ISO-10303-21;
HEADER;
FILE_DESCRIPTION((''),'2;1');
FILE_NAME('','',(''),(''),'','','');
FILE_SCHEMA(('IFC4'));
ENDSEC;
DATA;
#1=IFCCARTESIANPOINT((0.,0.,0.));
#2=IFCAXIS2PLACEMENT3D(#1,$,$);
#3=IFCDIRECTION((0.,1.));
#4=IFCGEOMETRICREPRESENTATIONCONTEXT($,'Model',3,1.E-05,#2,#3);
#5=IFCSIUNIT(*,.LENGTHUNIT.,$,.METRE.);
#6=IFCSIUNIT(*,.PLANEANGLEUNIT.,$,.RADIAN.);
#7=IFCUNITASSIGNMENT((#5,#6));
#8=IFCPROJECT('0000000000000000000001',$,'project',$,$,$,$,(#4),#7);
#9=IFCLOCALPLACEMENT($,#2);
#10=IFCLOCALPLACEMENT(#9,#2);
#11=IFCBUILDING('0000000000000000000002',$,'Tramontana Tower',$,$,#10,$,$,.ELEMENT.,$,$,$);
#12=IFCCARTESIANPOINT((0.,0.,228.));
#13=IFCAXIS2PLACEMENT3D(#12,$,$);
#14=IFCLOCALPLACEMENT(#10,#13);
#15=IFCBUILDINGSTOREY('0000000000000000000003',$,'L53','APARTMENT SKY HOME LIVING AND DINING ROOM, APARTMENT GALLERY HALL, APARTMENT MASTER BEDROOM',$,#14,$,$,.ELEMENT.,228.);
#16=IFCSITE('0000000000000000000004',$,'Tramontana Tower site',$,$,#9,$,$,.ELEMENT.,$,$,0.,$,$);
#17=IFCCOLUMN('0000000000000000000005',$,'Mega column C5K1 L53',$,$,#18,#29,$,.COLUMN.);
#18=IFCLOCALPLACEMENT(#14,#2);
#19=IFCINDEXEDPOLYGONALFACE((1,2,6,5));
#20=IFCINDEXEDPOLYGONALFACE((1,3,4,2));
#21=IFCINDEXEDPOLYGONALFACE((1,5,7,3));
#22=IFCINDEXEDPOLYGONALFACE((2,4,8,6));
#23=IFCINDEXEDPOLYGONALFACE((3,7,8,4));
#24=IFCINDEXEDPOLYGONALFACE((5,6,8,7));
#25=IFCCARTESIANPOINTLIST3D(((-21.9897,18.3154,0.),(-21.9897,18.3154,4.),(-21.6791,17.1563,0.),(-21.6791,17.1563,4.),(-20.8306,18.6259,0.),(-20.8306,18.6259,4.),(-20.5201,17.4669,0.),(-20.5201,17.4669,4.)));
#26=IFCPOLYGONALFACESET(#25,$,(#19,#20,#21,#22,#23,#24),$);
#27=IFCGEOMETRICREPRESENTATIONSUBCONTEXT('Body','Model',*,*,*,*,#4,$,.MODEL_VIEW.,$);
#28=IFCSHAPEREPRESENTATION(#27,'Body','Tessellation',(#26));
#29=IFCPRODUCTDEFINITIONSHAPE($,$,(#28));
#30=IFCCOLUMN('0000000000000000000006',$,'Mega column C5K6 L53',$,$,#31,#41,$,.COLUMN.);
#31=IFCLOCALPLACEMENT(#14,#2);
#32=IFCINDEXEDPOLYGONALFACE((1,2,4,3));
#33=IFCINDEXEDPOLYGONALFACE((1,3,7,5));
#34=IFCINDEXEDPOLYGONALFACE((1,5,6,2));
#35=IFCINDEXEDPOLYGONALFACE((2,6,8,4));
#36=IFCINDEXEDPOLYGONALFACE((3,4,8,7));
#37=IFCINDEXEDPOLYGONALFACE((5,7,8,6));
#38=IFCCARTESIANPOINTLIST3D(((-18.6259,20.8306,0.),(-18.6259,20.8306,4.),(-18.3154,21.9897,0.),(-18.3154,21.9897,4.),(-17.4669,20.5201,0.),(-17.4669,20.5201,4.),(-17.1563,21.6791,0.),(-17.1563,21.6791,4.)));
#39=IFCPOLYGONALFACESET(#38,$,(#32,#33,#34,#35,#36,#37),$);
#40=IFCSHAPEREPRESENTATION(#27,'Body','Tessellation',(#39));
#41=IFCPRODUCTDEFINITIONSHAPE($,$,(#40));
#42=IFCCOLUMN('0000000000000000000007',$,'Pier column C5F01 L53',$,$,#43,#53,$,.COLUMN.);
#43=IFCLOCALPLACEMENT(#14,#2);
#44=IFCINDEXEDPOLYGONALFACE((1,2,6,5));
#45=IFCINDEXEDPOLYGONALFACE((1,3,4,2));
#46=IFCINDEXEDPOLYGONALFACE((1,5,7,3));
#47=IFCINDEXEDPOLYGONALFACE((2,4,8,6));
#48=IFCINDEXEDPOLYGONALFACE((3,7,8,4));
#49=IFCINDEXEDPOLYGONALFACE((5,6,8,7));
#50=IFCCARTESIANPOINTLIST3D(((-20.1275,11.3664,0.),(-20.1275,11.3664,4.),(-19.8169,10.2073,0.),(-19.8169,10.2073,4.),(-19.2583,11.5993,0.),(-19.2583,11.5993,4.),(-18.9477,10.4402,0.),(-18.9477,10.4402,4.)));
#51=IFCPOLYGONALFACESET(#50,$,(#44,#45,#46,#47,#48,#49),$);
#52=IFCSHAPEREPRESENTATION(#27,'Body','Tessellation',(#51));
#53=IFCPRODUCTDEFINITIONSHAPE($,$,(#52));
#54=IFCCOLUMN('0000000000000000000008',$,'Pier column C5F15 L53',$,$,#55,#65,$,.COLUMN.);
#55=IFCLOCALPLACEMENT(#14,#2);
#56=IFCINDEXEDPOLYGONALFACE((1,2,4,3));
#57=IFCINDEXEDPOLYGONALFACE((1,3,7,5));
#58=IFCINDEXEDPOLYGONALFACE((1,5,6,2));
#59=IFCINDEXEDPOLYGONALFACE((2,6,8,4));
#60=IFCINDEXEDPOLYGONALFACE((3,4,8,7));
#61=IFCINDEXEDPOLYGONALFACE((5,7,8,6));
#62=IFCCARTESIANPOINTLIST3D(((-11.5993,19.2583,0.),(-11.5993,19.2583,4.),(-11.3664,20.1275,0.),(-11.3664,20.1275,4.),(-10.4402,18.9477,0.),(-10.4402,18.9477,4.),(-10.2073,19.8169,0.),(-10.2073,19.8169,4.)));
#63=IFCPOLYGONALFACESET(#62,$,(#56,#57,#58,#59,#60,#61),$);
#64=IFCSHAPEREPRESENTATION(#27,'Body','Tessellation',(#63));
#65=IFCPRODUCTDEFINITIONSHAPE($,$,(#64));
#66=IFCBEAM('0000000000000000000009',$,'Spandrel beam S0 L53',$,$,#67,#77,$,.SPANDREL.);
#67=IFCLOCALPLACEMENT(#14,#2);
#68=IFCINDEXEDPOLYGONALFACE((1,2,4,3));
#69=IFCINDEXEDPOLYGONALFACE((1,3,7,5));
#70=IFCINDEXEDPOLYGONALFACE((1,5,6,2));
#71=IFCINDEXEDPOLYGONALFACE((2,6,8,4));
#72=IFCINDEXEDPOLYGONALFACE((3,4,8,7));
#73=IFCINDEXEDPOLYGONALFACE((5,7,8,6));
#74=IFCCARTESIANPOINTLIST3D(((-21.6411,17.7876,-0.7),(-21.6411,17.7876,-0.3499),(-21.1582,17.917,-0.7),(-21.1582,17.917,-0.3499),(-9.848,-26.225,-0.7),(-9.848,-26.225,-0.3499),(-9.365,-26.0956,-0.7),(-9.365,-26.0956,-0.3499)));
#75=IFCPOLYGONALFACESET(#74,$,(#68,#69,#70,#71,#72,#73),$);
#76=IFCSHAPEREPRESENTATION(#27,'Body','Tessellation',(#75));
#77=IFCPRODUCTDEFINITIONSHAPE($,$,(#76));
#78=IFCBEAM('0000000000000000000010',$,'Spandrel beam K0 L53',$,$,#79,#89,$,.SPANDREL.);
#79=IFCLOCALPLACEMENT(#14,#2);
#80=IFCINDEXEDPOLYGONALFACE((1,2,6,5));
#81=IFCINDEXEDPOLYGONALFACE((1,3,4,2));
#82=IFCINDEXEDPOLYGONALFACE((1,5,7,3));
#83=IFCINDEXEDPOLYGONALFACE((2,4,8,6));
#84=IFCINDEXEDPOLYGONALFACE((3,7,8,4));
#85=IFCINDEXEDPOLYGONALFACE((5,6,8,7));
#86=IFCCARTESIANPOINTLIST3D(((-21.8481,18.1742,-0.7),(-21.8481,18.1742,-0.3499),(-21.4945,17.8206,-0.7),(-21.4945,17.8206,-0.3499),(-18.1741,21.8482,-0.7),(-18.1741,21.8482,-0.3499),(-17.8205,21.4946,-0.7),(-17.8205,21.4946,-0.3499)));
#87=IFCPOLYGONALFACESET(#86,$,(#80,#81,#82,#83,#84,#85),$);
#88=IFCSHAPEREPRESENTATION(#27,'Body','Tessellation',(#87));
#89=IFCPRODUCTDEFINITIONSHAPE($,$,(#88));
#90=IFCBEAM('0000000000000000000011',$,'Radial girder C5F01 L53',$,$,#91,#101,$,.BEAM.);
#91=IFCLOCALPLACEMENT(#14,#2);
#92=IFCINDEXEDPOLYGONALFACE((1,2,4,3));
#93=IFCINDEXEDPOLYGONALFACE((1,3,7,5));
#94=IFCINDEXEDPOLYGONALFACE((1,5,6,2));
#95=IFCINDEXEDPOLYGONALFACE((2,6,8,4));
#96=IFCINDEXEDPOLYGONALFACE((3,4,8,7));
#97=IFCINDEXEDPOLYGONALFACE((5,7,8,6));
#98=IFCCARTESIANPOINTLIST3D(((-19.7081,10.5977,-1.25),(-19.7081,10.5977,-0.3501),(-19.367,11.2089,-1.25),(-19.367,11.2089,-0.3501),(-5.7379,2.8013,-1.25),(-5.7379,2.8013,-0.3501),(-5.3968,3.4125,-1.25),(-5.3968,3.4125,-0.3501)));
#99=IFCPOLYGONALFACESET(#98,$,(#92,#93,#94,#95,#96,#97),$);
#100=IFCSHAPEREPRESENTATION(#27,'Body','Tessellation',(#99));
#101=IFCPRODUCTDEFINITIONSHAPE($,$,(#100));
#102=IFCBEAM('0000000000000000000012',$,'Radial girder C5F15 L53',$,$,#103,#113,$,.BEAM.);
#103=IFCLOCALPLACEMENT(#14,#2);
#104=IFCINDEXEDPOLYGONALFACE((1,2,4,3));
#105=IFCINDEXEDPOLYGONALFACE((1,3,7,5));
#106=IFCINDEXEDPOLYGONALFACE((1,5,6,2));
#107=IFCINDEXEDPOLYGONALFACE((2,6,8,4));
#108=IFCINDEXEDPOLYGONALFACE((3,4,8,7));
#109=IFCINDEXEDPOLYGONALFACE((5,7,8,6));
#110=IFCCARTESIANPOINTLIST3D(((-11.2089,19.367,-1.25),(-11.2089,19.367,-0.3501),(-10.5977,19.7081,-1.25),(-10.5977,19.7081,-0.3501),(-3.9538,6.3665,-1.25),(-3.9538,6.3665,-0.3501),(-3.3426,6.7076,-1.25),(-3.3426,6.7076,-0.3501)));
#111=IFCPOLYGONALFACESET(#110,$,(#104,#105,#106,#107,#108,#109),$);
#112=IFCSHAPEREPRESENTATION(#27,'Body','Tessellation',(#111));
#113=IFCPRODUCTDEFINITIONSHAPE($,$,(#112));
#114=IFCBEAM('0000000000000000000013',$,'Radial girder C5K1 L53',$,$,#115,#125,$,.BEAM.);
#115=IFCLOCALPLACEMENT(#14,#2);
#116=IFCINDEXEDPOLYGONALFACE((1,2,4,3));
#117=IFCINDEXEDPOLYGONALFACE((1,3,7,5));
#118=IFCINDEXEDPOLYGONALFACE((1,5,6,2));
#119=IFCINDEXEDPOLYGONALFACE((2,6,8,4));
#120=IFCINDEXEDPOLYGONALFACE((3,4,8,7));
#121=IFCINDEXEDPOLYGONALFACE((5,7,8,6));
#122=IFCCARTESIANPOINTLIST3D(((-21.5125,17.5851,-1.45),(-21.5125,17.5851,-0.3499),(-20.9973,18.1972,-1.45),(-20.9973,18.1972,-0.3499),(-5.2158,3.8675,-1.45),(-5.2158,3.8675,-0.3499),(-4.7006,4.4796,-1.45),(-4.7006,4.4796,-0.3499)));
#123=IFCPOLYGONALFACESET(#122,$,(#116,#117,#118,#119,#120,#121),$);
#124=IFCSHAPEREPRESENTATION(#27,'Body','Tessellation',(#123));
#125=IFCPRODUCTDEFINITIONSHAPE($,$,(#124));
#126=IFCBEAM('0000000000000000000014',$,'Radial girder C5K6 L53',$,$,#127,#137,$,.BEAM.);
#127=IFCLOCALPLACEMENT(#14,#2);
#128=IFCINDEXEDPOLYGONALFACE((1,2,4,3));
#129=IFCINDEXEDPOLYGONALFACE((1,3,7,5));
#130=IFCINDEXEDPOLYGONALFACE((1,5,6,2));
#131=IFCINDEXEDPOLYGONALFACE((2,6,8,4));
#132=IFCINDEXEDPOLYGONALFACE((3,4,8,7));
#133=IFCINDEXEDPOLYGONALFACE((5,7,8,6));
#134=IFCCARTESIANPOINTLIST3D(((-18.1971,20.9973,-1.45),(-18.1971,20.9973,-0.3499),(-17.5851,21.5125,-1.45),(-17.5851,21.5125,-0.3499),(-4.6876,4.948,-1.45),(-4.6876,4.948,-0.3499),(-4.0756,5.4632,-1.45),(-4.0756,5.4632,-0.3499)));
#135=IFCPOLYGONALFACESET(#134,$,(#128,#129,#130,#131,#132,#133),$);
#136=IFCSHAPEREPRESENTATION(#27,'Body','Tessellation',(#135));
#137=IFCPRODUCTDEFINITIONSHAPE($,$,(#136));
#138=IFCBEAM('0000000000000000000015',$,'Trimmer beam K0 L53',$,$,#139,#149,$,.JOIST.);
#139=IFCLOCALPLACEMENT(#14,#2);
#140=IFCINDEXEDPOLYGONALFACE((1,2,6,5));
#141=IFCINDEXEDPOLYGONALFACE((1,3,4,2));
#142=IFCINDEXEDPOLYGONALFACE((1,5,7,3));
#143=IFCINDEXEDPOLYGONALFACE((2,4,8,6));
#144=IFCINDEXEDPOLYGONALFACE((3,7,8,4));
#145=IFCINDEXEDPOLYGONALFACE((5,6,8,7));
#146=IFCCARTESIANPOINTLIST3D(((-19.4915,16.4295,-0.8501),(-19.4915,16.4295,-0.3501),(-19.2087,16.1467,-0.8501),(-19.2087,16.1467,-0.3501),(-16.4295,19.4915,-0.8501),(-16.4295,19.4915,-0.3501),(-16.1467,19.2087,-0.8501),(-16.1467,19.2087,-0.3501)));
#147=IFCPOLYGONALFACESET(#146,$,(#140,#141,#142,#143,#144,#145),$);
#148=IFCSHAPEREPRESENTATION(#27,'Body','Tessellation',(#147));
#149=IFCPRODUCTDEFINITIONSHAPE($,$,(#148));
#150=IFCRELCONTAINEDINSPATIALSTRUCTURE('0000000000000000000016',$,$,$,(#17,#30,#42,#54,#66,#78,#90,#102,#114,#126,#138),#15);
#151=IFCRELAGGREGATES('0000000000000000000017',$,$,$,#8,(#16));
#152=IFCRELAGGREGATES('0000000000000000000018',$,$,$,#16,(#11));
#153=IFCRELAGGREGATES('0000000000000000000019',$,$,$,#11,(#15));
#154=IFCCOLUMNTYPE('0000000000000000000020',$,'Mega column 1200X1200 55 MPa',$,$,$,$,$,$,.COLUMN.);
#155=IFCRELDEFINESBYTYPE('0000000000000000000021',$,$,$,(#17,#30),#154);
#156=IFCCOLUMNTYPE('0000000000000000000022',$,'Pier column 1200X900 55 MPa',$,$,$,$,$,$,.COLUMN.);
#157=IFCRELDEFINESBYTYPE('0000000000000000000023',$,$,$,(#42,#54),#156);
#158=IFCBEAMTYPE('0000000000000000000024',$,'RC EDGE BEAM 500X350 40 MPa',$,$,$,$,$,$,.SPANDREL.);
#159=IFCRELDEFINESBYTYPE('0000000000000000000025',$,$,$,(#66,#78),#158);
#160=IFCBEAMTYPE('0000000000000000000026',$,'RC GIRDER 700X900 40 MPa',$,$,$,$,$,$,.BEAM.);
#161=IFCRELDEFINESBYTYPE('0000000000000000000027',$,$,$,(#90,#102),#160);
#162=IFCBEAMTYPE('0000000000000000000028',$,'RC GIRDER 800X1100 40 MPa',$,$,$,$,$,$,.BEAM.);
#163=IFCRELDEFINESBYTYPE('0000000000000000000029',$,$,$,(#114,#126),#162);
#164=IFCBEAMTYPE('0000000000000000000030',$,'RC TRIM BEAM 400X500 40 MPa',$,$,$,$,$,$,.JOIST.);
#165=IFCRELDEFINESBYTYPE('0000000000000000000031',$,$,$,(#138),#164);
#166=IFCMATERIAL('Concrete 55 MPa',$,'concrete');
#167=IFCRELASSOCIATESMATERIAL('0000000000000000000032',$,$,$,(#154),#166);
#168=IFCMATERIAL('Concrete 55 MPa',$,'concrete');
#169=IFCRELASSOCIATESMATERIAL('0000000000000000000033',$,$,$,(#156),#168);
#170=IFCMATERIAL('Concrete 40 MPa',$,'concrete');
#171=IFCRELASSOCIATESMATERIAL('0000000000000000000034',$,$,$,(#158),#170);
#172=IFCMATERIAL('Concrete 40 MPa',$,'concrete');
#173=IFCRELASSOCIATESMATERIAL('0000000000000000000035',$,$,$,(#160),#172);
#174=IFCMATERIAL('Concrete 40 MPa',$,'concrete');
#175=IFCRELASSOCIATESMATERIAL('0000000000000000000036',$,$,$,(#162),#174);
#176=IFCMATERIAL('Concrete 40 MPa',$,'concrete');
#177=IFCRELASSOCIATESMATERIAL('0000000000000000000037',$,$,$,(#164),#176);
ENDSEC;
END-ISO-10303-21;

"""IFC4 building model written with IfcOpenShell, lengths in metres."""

from ifc_helpers import new_model, si_unit, direction, frame, origin, origin_2d, place, context, subcontext, project, spatial, rectangle, extrude, material, material_profile, profile_set, type_object, element, save


model = new_model("IFC4")

# Units and contexts
model_context = context("Model", 3, precision=1e-05, world=origin(), true_north=direction((0.0, 1.0)))
body_context = subcontext(model_context, "Body", "Model", "MODEL_VIEW")
ifc_project = project(units=[si_unit("LENGTHUNIT", "METRE"), si_unit("PLANEANGLEUNIT", "RADIAN")], contexts=[model_context])

# Site, building, storey
site_placement = place(None, origin())
site = spatial("IfcSite", under=ifc_project, at=site_placement, Name="Tramontana Tower site", CompositionType="ELEMENT", RefElevation=0.0)
building_placement = place(site_placement, origin())
building = spatial("IfcBuilding", under=site, at=building_placement, Name="Tramontana Tower", CompositionType="ELEMENT")
storey_placement = place(building_placement, frame((0.0, 0.0, 228.0)))
storey = spatial("IfcBuildingStorey", under=building, at=storey_placement, Name="L53", Description="APARTMENT SKY HOME LIVING AND DINING ROOM, APARTMENT GALLERY HALL, APARTMENT MASTER BEDROOM", CompositionType="ELEMENT", Elevation=228.0)

# Columns
ifc_material_1 = material(Name="Concrete 55 MPa", Category="concrete")
ifc_material_profile_1 = material_profile(ifc_material_1, rectangle(XDim=1.2, YDim=1.2, at=origin_2d()), Name="Mega column 1200X1200 55 MPa")
ifc_profile_set_1 = profile_set([ifc_material_profile_1], Name="Concrete 55 MPa")
column_type_1 = type_object("IfcColumnType", Name="Mega column 1200X1200 55 MPa", PredefinedType="COLUMN", material=ifc_profile_set_1)
for number, where, z_axis, x_axis, name in (
    (1, (-21.2549, 17.8911, 0.0), (0.0, 0.0, 1.0), (0.258819, -0.965926, 0.0), "Mega column C5K1 L53"),
    (2, (-17.8911, 21.2549, 0.0), (0.0, 0.0, 1.0), (-0.965926, 0.258819, 0.0), "Mega column C5K6 L53"),
):
    element("IfcColumn", number, at=place(storey_placement, frame(where, z_axis=z_axis, x_axis=x_axis)), inside=storey, type_object=column_type_1, Name=name, PredefinedType="COLUMN", context=body_context, shape_type="SweptSolid", body=[
        extrude(rectangle(XDim=1.2, YDim=1.2, at=origin_2d()), origin(), (0.0, 0.0, 1.0), 4.0),
    ])
ifc_material_2 = material(Name="Concrete 55 MPa", Category="concrete")
ifc_material_profile_2 = material_profile(ifc_material_2, rectangle(XDim=1.2, YDim=0.8999, at=origin_2d()), Name="Pier column 1200X900 55 MPa")
ifc_profile_set_2 = profile_set([ifc_material_profile_2], Name="Concrete 55 MPa")
column_type_2 = type_object("IfcColumnType", Name="Pier column 1200X900 55 MPa", PredefinedType="COLUMN", material=ifc_profile_set_2)
for number, where, z_axis, x_axis, name in (
    (3, (-19.5376, 10.9033, 0.0), (0.0, 0.0, 1.0), (0.258819, -0.965926, 0.0), "Pier column C5F01 L53"),
    (4, (-10.9033, 19.5376, 0.0), (0.0, 0.0, 1.0), (-0.965926, 0.258819, 0.0), "Pier column C5F15 L53"),
):
    element("IfcColumn", number, at=place(storey_placement, frame(where, z_axis=z_axis, x_axis=x_axis)), inside=storey, type_object=column_type_2, Name=name, PredefinedType="COLUMN", context=body_context, shape_type="SweptSolid", body=[
        extrude(rectangle(XDim=1.2, YDim=0.8999, at=origin_2d()), origin(), (0.0, 0.0, 1.0), 4.0),
    ])

# Beams
ifc_material_3 = material(Name="Concrete 40 MPa", Category="concrete")
ifc_material_profile_3 = material_profile(ifc_material_3, rectangle(XDim=0.5, YDim=0.3501, at=origin_2d()), Name="RC EDGE BEAM 500X350 40 MPa")
ifc_profile_set_3 = profile_set([ifc_material_profile_3], Name="Concrete 40 MPa")
beam_type_1 = type_object("IfcBeamType", Name="RC EDGE BEAM 500X350 40 MPa", PredefinedType="SPANDREL", material=ifc_profile_set_3)
beam_1_placement = place(storey_placement, frame((-21.3997, 17.8523, -0.5249), z_axis=(0.25882, -0.965926, 0.0), x_axis=(0.965926, 0.25882, 0.0)))
element("IfcBeam", 5, at=beam_1_placement, inside=storey, type_object=beam_type_1, Name="Spandrel beam S0 L53", PredefinedType="SPANDREL", context=body_context, shape_type="SweptSolid", body=[
    extrude(rectangle(XDim=0.5, YDim=0.3501, at=origin_2d()), origin(), (0.0, 0.0, 1.0), 45.5652),
])
beam_2_placement = place(storey_placement, frame((-17.9973, 21.6714, -0.5249), z_axis=(-0.707107, -0.707107, 0.0), x_axis=(0.707107, -0.707107, 0.0)))
element("IfcBeam", 6, at=beam_2_placement, inside=storey, type_object=beam_type_1, Name="Spandrel beam K0 L53", PredefinedType="SPANDREL", context=body_context, shape_type="SweptSolid", body=[
    extrude(rectangle(XDim=0.5, YDim=0.3501, at=origin_2d()), origin(), (0.0, 0.0, 1.0), 5.1958),
])
ifc_material_4 = material(Name="Concrete 40 MPa", Category="concrete")
ifc_material_profile_4 = material_profile(ifc_material_4, rectangle(XDim=0.7, YDim=0.8999, at=origin_2d()), Name="RC GIRDER 700X900 40 MPa")
ifc_profile_set_4 = profile_set([ifc_material_profile_4], Name="Concrete 40 MPa")
beam_type_2 = type_object("IfcBeamType", Name="RC GIRDER 700X900 40 MPa", PredefinedType="BEAM", material=ifc_profile_set_4)
beam_3_placement = place(storey_placement, frame((-19.5376, 10.9033, -0.8), z_axis=(0.873223, -0.487321, 0.0), x_axis=(0.487321, 0.873223, 0.0)))
element("IfcBeam", 7, at=beam_3_placement, inside=storey, type_object=beam_type_2, Name="Radial girder C5F01 L53", PredefinedType="BEAM", context=body_context, shape_type="SweptSolid", body=[
    extrude(rectangle(XDim=0.7, YDim=0.8999, at=origin_2d()), origin(), (0.0, 0.0, 1.0), 15.9985),
])
beam_4_placement = place(storey_placement, frame((-10.9033, 19.5376, -0.8), z_axis=(0.487317, -0.873225, 0.0), x_axis=(0.873225, 0.487317, 0.0)))
element("IfcBeam", 8, at=beam_4_placement, inside=storey, type_object=beam_type_2, Name="Radial girder C5F15 L53", PredefinedType="BEAM", context=body_context, shape_type="SweptSolid", body=[
    extrude(rectangle(XDim=0.7, YDim=0.8999, at=origin_2d()), origin(), (0.0, 0.0, 1.0), 14.8879),
])
ifc_material_5 = material(Name="Concrete 40 MPa", Category="concrete")
ifc_material_profile_5 = material_profile(ifc_material_5, rectangle(XDim=0.8, YDim=1.1001, at=origin_2d()), Name="RC GIRDER 800X1100 40 MPa")
ifc_profile_set_5 = profile_set([ifc_material_profile_5], Name="Concrete 40 MPa")
beam_type_3 = type_object("IfcBeamType", Name="RC GIRDER 800X1100 40 MPa", PredefinedType="BEAM", material=ifc_profile_set_5)
beam_5_placement = place(storey_placement, frame((-21.2549, 17.8911, -0.8999), z_axis=(0.765049, -0.643972, 0.0), x_axis=(0.643972, 0.765049, 0.0)))
element("IfcBeam", 9, at=beam_5_placement, inside=storey, type_object=beam_type_3, Name="Radial girder C5K1 L53", PredefinedType="BEAM", context=body_context, shape_type="SweptSolid", body=[
    extrude(rectangle(XDim=0.8, YDim=1.1001, at=origin_2d()), origin(), (0.0, 0.0, 1.0), 21.3015),
])
beam_6_placement = place(storey_placement, frame((-17.8911, 21.2549, -0.8999), z_axis=(0.643977, -0.765045, 0.0), x_axis=(0.765045, 0.643977, 0.0)))
element("IfcBeam", 10, at=beam_6_placement, inside=storey, type_object=beam_type_3, Name="Radial girder C5K6 L53", PredefinedType="BEAM", context=body_context, shape_type="SweptSolid", body=[
    extrude(rectangle(XDim=0.8, YDim=1.1001, at=origin_2d()), origin(), (0.0, 0.0, 1.0), 20.9783),
])
ifc_material_6 = material(Name="Concrete 40 MPa", Category="concrete")
ifc_material_profile_6 = material_profile(ifc_material_6, rectangle(XDim=0.3999, YDim=0.5, at=origin_2d()), Name="RC TRIM BEAM 400X500 40 MPa")
ifc_profile_set_6 = profile_set([ifc_material_profile_6], Name="Concrete 40 MPa")
beam_type_4 = type_object("IfcBeamType", Name="RC TRIM BEAM 400X500 40 MPa", PredefinedType="JOIST", material=ifc_profile_set_6)
beam_7_placement = place(storey_placement, frame((-16.2881, 19.3501, -0.6001), z_axis=(-0.707107, -0.707107, 0.0), x_axis=(0.707107, -0.707107, 0.0)))
element("IfcBeam", 11, at=beam_7_placement, inside=storey, type_object=beam_type_4, Name="Trimmer beam K0 L53", PredefinedType="JOIST", context=body_context, shape_type="SweptSolid", body=[
    extrude(rectangle(XDim=0.3999, YDim=0.5, at=origin_2d()), origin(), (0.0, 0.0, 1.0), 4.3303),
])

save(model, "model.ifc")
